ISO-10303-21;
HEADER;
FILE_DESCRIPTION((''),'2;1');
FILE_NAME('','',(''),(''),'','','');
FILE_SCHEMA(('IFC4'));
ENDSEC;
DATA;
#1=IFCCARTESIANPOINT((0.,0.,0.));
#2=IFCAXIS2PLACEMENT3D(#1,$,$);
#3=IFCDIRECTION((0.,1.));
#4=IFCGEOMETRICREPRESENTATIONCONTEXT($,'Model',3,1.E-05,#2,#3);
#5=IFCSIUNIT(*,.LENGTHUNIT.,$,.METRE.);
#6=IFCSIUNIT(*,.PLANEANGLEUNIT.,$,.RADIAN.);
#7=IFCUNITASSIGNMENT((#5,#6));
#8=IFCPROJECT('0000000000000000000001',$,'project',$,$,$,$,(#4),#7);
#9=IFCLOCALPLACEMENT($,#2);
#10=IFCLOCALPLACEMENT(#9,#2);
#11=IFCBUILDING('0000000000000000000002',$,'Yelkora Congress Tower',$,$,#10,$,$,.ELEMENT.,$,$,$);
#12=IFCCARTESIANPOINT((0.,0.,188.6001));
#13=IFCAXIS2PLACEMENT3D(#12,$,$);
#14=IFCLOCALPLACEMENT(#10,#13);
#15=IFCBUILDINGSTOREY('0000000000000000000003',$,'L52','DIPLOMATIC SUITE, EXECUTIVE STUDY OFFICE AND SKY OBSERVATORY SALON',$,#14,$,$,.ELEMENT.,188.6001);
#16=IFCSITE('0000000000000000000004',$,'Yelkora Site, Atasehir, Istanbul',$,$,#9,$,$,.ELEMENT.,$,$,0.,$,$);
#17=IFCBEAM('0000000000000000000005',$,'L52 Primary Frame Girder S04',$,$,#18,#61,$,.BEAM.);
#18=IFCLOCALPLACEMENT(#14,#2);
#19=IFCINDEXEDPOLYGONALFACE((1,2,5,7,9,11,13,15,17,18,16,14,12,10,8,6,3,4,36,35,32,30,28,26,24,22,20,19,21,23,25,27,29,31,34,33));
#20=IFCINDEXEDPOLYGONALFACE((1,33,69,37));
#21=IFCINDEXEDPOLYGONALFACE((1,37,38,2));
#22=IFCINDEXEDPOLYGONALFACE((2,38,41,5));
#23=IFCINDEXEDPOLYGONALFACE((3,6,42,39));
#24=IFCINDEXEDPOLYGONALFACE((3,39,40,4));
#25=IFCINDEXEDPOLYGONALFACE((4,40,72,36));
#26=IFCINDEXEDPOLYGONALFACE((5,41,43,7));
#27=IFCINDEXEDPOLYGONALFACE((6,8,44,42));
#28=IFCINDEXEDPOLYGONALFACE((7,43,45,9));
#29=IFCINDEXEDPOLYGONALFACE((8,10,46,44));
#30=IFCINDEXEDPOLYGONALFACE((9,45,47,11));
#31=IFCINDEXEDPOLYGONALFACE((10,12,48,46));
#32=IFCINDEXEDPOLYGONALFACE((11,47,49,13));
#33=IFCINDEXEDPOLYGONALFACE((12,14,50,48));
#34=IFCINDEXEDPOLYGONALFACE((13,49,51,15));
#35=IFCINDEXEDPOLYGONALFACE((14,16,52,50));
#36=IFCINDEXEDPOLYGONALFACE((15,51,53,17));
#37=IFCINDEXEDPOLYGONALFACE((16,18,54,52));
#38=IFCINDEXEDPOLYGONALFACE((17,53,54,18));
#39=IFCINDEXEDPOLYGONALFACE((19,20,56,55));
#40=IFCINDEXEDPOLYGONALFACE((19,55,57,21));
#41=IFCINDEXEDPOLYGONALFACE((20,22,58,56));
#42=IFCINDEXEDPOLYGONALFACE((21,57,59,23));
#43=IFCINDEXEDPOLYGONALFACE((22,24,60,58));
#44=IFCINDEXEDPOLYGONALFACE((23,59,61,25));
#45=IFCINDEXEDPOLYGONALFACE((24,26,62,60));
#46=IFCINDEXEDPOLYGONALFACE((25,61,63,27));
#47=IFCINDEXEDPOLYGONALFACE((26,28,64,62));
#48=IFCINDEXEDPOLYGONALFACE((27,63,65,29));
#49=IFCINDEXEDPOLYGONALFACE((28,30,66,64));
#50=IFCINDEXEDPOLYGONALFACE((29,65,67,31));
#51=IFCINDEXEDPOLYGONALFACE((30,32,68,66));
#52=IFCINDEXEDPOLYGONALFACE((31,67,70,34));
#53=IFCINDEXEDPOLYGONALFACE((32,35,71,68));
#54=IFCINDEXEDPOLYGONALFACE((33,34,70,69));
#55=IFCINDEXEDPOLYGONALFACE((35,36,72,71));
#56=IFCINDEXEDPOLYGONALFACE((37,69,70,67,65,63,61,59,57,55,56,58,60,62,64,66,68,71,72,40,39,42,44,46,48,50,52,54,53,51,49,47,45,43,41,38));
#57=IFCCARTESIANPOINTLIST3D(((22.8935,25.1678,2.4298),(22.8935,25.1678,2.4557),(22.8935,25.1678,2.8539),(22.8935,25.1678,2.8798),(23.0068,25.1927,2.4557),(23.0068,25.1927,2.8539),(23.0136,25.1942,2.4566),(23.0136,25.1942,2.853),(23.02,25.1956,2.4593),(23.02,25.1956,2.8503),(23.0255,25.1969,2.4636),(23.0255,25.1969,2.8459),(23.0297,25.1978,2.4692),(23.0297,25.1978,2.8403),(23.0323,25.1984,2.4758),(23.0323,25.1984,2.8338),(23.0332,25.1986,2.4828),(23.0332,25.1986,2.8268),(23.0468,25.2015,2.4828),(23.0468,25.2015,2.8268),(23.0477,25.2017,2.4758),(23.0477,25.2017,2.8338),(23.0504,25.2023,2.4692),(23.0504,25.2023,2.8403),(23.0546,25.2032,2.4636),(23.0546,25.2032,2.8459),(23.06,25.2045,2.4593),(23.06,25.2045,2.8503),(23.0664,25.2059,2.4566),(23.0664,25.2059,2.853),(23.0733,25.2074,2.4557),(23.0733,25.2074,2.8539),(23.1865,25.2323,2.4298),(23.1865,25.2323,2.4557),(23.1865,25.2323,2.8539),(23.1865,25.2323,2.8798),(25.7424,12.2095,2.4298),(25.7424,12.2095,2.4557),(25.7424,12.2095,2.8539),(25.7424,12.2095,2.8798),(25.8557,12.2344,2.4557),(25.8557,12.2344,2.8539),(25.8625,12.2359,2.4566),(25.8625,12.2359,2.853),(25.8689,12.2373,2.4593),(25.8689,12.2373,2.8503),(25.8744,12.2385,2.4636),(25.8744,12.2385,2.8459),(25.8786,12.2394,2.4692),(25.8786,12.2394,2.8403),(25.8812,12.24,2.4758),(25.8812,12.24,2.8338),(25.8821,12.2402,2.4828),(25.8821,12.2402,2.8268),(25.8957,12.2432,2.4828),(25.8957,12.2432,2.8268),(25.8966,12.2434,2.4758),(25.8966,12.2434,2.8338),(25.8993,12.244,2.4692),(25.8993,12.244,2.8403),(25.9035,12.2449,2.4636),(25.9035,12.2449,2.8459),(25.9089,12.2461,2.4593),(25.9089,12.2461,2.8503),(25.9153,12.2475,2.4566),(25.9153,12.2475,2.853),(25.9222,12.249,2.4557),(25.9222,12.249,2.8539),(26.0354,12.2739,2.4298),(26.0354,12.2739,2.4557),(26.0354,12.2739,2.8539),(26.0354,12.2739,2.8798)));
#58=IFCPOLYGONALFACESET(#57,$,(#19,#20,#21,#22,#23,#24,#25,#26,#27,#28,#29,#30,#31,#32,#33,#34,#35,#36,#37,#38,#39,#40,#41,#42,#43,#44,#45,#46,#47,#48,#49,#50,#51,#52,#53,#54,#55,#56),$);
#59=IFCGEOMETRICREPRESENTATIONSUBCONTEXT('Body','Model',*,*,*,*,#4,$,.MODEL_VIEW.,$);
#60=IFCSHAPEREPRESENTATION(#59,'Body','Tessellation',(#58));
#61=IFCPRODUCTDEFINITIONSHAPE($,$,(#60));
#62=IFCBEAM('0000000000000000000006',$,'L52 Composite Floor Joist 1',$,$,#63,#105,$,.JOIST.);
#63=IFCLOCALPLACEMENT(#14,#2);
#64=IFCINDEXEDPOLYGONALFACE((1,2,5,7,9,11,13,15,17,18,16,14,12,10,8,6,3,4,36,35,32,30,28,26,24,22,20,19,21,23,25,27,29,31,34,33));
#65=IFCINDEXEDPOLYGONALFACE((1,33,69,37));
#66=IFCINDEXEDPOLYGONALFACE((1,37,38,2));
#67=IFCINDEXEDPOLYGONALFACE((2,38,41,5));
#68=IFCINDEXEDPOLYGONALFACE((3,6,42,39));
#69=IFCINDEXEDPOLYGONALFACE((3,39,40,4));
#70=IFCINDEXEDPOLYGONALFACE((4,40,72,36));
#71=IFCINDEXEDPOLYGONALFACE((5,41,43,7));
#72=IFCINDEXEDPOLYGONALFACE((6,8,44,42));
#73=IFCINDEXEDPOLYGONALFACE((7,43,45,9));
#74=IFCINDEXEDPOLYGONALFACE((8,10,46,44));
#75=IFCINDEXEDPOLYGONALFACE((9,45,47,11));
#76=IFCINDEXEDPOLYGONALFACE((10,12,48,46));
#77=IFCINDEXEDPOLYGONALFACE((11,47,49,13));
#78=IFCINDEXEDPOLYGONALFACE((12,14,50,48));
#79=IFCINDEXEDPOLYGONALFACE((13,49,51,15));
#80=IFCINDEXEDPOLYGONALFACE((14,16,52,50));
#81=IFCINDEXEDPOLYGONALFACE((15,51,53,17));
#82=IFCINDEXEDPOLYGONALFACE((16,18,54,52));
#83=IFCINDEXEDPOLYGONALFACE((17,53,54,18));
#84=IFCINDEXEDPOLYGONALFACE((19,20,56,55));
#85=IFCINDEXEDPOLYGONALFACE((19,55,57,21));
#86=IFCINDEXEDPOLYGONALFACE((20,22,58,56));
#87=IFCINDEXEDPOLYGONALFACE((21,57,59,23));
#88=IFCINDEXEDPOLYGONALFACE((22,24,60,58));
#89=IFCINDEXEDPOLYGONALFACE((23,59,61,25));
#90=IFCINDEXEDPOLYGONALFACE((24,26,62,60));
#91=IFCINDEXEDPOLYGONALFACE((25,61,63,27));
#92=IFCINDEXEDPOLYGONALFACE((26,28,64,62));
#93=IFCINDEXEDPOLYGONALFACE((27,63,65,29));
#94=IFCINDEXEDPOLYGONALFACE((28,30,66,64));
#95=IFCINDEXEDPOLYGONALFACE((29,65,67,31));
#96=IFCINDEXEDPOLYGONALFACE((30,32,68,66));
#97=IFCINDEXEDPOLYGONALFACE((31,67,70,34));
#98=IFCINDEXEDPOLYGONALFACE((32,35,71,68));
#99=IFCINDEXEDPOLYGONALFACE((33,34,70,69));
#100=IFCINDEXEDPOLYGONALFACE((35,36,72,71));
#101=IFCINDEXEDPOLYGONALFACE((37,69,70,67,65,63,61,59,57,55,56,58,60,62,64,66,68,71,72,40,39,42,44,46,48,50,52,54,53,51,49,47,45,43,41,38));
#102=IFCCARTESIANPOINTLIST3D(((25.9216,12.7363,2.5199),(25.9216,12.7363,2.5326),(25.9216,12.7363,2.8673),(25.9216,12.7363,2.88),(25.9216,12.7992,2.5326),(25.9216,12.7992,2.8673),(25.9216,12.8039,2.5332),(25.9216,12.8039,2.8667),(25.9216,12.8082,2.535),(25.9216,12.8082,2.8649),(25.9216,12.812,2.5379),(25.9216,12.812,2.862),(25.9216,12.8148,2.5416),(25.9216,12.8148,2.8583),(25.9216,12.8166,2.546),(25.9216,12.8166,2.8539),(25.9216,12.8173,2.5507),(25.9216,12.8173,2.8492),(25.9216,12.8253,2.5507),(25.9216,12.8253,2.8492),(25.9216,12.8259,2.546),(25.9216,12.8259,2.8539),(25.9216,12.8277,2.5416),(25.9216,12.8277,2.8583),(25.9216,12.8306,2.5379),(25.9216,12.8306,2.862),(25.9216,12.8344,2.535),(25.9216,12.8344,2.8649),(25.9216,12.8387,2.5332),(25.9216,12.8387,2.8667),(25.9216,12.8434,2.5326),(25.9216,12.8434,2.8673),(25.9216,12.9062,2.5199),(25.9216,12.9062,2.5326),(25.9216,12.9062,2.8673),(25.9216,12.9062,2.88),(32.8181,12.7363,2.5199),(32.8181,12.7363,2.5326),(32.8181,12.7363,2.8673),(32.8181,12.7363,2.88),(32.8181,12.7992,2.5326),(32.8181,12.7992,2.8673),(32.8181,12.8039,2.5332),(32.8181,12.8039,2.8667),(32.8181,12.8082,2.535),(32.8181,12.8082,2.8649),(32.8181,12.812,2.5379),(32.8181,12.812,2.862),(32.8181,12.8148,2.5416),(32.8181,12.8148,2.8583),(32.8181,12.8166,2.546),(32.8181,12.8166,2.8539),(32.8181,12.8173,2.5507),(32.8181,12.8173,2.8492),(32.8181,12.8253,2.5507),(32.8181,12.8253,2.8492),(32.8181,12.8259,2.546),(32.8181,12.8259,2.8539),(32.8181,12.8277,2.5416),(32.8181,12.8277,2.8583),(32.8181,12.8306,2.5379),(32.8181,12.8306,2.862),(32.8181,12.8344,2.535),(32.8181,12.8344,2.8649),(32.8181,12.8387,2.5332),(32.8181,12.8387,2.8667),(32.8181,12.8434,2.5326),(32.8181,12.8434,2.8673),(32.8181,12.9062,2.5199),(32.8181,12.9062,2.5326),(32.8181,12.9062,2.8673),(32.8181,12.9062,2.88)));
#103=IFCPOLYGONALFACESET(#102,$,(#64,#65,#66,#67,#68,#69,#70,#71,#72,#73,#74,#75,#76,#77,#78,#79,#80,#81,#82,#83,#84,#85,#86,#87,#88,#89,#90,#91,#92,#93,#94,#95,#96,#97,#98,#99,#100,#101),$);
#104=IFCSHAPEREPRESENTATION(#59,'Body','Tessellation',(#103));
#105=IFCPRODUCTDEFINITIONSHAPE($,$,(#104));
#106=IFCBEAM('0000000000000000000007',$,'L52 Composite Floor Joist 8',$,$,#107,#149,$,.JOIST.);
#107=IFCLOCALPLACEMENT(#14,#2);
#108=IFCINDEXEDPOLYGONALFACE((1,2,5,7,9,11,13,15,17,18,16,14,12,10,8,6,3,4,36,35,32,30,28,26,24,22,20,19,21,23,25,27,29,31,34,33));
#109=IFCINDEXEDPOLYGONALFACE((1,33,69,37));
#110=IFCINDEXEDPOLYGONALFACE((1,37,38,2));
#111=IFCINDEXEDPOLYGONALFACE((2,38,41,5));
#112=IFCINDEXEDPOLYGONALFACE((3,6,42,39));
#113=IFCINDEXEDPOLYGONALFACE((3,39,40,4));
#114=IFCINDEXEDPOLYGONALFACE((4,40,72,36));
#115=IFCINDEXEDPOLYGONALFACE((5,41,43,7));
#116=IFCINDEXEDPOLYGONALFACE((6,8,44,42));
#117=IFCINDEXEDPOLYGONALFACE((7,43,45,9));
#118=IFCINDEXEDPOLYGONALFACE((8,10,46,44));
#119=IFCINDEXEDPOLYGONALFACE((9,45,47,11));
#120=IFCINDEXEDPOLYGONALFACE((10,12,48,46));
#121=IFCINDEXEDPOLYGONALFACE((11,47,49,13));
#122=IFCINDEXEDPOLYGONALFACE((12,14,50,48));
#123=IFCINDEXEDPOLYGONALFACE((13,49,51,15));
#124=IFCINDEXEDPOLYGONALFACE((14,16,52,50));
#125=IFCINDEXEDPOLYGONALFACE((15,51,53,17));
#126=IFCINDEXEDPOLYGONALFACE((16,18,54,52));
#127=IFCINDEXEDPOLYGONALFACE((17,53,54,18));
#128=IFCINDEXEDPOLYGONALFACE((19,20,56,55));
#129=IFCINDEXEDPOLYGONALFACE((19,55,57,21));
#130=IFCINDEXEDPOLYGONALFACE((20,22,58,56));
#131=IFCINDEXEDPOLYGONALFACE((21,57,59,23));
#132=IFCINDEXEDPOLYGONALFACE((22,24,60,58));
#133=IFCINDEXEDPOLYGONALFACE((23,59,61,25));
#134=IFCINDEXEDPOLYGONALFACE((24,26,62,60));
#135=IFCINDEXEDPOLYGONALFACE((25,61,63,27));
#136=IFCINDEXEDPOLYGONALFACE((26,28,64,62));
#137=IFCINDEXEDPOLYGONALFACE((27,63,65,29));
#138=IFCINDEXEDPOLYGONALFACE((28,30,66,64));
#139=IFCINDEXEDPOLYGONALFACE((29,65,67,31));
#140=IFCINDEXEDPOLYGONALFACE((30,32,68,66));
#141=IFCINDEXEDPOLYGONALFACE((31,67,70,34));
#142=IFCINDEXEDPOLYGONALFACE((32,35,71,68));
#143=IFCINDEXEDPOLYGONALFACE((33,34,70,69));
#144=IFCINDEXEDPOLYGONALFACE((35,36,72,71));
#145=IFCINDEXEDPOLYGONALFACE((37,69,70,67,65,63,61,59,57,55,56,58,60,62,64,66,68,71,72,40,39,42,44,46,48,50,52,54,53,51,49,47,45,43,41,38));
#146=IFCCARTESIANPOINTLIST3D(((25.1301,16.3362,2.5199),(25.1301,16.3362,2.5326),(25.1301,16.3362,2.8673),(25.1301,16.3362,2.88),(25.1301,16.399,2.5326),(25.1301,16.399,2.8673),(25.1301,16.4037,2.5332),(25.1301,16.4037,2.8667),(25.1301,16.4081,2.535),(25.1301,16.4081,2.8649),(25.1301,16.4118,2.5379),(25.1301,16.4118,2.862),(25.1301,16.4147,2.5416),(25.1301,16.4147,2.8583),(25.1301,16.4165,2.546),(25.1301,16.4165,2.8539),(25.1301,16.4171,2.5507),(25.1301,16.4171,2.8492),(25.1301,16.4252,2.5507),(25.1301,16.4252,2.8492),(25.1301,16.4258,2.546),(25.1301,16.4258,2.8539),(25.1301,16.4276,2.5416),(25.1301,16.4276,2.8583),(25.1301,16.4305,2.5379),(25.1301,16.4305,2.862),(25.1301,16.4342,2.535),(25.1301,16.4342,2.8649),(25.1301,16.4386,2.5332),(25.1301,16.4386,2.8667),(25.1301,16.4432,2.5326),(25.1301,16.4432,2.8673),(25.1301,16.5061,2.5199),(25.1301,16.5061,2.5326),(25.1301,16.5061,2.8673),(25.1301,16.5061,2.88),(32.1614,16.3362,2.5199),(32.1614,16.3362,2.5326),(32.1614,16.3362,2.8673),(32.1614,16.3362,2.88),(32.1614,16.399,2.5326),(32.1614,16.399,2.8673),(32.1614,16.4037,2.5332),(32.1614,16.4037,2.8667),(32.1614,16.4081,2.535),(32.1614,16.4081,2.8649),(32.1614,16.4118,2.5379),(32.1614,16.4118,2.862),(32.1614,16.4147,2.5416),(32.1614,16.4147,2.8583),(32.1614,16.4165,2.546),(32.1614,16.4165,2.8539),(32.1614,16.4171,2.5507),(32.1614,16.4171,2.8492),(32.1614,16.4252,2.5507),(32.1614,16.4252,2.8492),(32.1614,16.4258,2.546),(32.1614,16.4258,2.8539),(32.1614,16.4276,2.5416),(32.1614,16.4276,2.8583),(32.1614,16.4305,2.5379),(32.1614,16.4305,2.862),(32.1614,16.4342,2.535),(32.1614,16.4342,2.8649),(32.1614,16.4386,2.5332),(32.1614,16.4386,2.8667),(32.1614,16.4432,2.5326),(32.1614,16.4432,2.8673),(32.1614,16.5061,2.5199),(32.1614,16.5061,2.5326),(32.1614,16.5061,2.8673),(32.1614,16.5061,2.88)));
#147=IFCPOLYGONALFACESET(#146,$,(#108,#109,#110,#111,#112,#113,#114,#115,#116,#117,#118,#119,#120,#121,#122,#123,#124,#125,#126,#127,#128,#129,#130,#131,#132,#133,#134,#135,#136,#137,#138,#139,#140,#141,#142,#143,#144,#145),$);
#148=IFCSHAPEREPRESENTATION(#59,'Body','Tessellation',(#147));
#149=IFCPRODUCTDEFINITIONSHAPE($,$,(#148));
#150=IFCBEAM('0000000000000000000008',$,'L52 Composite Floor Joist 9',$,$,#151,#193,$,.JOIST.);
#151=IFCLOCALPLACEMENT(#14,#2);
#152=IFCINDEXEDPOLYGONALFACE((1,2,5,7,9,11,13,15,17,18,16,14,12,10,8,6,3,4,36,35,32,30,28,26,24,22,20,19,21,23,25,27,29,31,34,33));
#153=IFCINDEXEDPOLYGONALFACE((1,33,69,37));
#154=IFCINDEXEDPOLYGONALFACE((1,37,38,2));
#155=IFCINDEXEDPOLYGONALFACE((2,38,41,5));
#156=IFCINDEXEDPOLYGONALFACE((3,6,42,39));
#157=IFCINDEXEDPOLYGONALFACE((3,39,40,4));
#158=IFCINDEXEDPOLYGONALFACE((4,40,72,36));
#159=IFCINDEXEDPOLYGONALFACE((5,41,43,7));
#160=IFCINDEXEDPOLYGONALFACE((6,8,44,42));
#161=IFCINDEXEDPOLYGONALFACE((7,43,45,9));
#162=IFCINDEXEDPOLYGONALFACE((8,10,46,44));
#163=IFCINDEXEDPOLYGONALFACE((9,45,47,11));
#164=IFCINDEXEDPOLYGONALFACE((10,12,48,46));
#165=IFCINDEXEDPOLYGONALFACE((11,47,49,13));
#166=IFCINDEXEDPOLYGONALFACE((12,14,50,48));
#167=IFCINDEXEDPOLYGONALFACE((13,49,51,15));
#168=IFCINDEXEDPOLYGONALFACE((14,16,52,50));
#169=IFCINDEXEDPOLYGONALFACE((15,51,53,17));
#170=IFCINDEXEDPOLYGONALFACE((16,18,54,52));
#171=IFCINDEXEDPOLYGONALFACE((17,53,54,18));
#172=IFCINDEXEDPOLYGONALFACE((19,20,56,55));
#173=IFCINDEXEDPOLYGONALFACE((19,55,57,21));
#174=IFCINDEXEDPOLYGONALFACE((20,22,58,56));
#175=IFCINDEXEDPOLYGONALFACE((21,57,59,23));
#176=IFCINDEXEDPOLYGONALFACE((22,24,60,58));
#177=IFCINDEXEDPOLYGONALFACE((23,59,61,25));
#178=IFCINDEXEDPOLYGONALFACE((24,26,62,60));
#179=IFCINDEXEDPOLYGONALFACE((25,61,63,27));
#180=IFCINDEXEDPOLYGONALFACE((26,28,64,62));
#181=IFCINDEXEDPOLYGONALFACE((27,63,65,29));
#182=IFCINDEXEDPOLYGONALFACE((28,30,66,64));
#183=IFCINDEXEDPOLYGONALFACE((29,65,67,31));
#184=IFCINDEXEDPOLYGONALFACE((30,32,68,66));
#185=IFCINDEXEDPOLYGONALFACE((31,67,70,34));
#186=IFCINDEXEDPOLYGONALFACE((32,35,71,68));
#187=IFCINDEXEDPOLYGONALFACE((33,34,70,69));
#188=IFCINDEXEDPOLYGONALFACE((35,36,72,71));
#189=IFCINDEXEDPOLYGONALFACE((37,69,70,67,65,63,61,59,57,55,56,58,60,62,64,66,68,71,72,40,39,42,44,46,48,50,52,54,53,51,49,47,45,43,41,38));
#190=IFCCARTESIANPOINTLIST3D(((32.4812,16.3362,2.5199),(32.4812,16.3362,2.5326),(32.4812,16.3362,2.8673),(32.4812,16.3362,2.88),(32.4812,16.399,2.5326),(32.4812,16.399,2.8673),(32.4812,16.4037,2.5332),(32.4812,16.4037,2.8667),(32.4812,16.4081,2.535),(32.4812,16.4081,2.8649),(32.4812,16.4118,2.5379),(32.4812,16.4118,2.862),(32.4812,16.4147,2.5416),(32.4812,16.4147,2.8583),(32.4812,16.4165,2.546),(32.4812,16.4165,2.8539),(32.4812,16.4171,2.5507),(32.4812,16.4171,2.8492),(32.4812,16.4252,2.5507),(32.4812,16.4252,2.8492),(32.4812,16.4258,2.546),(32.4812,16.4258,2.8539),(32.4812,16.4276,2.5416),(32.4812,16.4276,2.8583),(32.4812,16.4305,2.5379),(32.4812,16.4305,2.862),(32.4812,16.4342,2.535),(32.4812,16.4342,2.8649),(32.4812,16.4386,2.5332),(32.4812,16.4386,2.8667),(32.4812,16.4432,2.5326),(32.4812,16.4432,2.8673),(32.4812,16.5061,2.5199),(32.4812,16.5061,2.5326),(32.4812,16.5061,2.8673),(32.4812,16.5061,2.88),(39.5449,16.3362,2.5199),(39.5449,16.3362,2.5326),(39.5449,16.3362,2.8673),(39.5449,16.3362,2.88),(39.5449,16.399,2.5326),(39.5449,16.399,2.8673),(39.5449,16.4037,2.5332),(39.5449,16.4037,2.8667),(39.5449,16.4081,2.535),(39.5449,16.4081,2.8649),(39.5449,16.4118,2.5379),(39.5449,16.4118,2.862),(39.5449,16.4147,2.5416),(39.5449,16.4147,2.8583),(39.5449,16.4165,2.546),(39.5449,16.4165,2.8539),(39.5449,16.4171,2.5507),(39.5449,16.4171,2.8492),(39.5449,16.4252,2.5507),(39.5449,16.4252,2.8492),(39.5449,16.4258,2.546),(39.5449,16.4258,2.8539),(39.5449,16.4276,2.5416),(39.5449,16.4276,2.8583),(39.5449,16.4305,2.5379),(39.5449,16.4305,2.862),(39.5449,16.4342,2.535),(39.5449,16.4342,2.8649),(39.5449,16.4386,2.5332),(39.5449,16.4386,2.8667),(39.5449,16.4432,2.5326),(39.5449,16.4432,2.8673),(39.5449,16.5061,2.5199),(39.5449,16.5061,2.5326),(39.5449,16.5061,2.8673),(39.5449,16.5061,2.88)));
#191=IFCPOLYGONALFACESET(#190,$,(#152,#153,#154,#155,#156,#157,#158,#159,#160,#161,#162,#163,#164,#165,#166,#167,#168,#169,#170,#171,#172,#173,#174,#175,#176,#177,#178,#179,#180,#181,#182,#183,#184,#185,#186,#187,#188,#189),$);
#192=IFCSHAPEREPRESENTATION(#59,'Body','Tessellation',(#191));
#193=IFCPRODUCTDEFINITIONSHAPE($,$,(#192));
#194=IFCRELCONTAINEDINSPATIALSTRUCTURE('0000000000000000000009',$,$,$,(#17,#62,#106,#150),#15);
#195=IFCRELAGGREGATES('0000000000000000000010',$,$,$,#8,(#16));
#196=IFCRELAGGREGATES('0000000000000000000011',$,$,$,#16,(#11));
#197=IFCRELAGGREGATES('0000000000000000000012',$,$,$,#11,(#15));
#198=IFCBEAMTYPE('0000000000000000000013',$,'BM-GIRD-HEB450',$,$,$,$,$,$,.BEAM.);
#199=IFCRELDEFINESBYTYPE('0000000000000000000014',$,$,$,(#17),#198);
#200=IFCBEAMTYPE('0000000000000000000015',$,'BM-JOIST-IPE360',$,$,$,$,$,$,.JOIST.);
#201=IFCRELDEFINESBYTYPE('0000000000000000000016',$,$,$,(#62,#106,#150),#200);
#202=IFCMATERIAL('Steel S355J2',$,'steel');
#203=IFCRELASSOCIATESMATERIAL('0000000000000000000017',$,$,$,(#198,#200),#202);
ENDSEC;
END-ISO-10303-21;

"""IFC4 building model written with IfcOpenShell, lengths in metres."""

from ifc_helpers import new_model, si_unit, direction, frame, origin, origin_2d, place, context, subcontext, project, spatial, i_section, extrude, material, material_profile, profile_set, type_object, element, save


model = new_model("IFC4")

# Units and contexts
model_context = context("Model", 3, precision=1e-05, world=origin(), true_north=direction((0.0, 1.0)))
body_context = subcontext(model_context, "Body", "Model", "MODEL_VIEW")
ifc_project = project(units=[si_unit("LENGTHUNIT", "METRE"), si_unit("PLANEANGLEUNIT", "RADIAN")], contexts=[model_context])

# Site, building, storey
site_placement = place(None, origin())
site = spatial("IfcSite", under=ifc_project, at=site_placement, Name="Yelkora Site, Atasehir, Istanbul", CompositionType="ELEMENT", RefElevation=0.0)
building_placement = place(site_placement, origin())
building = spatial("IfcBuilding", under=site, at=building_placement, Name="Yelkora Congress Tower", CompositionType="ELEMENT")
storey_placement = place(building_placement, frame((0.0, 0.0, 188.6001)))
storey = spatial("IfcBuildingStorey", under=building, at=storey_placement, Name="L52", Description="DIPLOMATIC SUITE, EXECUTIVE STUDY OFFICE AND SKY OBSERVATORY SALON", CompositionType="ELEMENT", Elevation=188.6001)

# Beams
ifc_material_1 = material(Name="Steel S355J2", Category="steel")
ifc_material_profile_1 = material_profile(ifc_material_1, i_section(OverallWidth=0.3, OverallDepth=0.45, WebThickness=0.0139, FlangeThickness=0.0259, FilletRadius=0.0271, at=origin_2d()), Name="HEB 450")
ifc_profile_set_1 = profile_set([ifc_material_profile_1], Name="Steel S355J2")
beam_type_1 = type_object("IfcBeamType", Name="BM-GIRD-HEB450", PredefinedType="BEAM", material=ifc_profile_set_1)
beam_1_placement = place(storey_placement, frame((25.8889, 12.2417, 2.6548), z_axis=(-0.214722, 0.976675, 0.0), x_axis=(-0.976675, -0.214722, 0.0)))
element("IfcBeam", 1, at=beam_1_placement, inside=storey, type_object=beam_type_1, Name="L52 Primary Frame Girder S04", PredefinedType="BEAM", context=body_context, shape_type="SweptSolid", body=[
    extrude(i_section(OverallWidth=0.3, OverallDepth=0.45, WebThickness=0.0139, FlangeThickness=0.0259, FilletRadius=0.0271, at=origin_2d()), origin(), (0.0, 0.0, 1.0), 13.2678),
])
ifc_material_profile_2 = material_profile(ifc_material_1, i_section(OverallWidth=0.1699, OverallDepth=0.3601, WebThickness=0.0081, FlangeThickness=0.0127, FilletRadius=0.0181, at=origin_2d()), Name="IPE 360")
ifc_profile_set_2 = profile_set([ifc_material_profile_2], Name="Steel S355J2")
beam_type_2 = type_object("IfcBeamType", Name="BM-JOIST-IPE360", PredefinedType="JOIST", material=ifc_profile_set_2)
beam_2_placement = place(storey_placement, frame((25.9216, 12.8213, 2.7), z_axis=(1.0, 0.0, 0.0), x_axis=(0.0, 1.0, 0.0)))
element("IfcBeam", 2, at=beam_2_placement, inside=storey, type_object=beam_type_2, Name="L52 Composite Floor Joist 1", PredefinedType="JOIST", context=body_context, shape_type="SweptSolid", body=[
    extrude(i_section(OverallWidth=0.1699, OverallDepth=0.3601, WebThickness=0.0081, FlangeThickness=0.0127, FilletRadius=0.0181, at=origin_2d()), origin(), (0.0, 0.0, 1.0), 6.8965),
])
beam_3_placement = place(storey_placement, frame((25.1301, 16.4211, 2.7), z_axis=(1.0, 0.0, 0.0), x_axis=(0.0, 1.0, 0.0)))
element("IfcBeam", 3, at=beam_3_placement, inside=storey, type_object=beam_type_2, Name="L52 Composite Floor Joist 8", PredefinedType="JOIST", context=body_context, shape_type="SweptSolid", body=[
    extrude(i_section(OverallWidth=0.1699, OverallDepth=0.3601, WebThickness=0.0081, FlangeThickness=0.0127, FilletRadius=0.0181, at=origin_2d()), origin(), (0.0, 0.0, 1.0), 7.0312),
])
beam_4_placement = place(storey_placement, frame((32.4812, 16.4211, 2.7), z_axis=(1.0, 0.0, 0.0), x_axis=(0.0, 1.0, 0.0)))
element("IfcBeam", 4, at=beam_4_placement, inside=storey, type_object=beam_type_2, Name="L52 Composite Floor Joist 9", PredefinedType="JOIST", context=body_context, shape_type="SweptSolid", body=[
    extrude(i_section(OverallWidth=0.1699, OverallDepth=0.3601, WebThickness=0.0081, FlangeThickness=0.0127, FilletRadius=0.0181, at=origin_2d()), origin(), (0.0, 0.0, 1.0), 7.0637),
])

save(model, "model.ifc")
